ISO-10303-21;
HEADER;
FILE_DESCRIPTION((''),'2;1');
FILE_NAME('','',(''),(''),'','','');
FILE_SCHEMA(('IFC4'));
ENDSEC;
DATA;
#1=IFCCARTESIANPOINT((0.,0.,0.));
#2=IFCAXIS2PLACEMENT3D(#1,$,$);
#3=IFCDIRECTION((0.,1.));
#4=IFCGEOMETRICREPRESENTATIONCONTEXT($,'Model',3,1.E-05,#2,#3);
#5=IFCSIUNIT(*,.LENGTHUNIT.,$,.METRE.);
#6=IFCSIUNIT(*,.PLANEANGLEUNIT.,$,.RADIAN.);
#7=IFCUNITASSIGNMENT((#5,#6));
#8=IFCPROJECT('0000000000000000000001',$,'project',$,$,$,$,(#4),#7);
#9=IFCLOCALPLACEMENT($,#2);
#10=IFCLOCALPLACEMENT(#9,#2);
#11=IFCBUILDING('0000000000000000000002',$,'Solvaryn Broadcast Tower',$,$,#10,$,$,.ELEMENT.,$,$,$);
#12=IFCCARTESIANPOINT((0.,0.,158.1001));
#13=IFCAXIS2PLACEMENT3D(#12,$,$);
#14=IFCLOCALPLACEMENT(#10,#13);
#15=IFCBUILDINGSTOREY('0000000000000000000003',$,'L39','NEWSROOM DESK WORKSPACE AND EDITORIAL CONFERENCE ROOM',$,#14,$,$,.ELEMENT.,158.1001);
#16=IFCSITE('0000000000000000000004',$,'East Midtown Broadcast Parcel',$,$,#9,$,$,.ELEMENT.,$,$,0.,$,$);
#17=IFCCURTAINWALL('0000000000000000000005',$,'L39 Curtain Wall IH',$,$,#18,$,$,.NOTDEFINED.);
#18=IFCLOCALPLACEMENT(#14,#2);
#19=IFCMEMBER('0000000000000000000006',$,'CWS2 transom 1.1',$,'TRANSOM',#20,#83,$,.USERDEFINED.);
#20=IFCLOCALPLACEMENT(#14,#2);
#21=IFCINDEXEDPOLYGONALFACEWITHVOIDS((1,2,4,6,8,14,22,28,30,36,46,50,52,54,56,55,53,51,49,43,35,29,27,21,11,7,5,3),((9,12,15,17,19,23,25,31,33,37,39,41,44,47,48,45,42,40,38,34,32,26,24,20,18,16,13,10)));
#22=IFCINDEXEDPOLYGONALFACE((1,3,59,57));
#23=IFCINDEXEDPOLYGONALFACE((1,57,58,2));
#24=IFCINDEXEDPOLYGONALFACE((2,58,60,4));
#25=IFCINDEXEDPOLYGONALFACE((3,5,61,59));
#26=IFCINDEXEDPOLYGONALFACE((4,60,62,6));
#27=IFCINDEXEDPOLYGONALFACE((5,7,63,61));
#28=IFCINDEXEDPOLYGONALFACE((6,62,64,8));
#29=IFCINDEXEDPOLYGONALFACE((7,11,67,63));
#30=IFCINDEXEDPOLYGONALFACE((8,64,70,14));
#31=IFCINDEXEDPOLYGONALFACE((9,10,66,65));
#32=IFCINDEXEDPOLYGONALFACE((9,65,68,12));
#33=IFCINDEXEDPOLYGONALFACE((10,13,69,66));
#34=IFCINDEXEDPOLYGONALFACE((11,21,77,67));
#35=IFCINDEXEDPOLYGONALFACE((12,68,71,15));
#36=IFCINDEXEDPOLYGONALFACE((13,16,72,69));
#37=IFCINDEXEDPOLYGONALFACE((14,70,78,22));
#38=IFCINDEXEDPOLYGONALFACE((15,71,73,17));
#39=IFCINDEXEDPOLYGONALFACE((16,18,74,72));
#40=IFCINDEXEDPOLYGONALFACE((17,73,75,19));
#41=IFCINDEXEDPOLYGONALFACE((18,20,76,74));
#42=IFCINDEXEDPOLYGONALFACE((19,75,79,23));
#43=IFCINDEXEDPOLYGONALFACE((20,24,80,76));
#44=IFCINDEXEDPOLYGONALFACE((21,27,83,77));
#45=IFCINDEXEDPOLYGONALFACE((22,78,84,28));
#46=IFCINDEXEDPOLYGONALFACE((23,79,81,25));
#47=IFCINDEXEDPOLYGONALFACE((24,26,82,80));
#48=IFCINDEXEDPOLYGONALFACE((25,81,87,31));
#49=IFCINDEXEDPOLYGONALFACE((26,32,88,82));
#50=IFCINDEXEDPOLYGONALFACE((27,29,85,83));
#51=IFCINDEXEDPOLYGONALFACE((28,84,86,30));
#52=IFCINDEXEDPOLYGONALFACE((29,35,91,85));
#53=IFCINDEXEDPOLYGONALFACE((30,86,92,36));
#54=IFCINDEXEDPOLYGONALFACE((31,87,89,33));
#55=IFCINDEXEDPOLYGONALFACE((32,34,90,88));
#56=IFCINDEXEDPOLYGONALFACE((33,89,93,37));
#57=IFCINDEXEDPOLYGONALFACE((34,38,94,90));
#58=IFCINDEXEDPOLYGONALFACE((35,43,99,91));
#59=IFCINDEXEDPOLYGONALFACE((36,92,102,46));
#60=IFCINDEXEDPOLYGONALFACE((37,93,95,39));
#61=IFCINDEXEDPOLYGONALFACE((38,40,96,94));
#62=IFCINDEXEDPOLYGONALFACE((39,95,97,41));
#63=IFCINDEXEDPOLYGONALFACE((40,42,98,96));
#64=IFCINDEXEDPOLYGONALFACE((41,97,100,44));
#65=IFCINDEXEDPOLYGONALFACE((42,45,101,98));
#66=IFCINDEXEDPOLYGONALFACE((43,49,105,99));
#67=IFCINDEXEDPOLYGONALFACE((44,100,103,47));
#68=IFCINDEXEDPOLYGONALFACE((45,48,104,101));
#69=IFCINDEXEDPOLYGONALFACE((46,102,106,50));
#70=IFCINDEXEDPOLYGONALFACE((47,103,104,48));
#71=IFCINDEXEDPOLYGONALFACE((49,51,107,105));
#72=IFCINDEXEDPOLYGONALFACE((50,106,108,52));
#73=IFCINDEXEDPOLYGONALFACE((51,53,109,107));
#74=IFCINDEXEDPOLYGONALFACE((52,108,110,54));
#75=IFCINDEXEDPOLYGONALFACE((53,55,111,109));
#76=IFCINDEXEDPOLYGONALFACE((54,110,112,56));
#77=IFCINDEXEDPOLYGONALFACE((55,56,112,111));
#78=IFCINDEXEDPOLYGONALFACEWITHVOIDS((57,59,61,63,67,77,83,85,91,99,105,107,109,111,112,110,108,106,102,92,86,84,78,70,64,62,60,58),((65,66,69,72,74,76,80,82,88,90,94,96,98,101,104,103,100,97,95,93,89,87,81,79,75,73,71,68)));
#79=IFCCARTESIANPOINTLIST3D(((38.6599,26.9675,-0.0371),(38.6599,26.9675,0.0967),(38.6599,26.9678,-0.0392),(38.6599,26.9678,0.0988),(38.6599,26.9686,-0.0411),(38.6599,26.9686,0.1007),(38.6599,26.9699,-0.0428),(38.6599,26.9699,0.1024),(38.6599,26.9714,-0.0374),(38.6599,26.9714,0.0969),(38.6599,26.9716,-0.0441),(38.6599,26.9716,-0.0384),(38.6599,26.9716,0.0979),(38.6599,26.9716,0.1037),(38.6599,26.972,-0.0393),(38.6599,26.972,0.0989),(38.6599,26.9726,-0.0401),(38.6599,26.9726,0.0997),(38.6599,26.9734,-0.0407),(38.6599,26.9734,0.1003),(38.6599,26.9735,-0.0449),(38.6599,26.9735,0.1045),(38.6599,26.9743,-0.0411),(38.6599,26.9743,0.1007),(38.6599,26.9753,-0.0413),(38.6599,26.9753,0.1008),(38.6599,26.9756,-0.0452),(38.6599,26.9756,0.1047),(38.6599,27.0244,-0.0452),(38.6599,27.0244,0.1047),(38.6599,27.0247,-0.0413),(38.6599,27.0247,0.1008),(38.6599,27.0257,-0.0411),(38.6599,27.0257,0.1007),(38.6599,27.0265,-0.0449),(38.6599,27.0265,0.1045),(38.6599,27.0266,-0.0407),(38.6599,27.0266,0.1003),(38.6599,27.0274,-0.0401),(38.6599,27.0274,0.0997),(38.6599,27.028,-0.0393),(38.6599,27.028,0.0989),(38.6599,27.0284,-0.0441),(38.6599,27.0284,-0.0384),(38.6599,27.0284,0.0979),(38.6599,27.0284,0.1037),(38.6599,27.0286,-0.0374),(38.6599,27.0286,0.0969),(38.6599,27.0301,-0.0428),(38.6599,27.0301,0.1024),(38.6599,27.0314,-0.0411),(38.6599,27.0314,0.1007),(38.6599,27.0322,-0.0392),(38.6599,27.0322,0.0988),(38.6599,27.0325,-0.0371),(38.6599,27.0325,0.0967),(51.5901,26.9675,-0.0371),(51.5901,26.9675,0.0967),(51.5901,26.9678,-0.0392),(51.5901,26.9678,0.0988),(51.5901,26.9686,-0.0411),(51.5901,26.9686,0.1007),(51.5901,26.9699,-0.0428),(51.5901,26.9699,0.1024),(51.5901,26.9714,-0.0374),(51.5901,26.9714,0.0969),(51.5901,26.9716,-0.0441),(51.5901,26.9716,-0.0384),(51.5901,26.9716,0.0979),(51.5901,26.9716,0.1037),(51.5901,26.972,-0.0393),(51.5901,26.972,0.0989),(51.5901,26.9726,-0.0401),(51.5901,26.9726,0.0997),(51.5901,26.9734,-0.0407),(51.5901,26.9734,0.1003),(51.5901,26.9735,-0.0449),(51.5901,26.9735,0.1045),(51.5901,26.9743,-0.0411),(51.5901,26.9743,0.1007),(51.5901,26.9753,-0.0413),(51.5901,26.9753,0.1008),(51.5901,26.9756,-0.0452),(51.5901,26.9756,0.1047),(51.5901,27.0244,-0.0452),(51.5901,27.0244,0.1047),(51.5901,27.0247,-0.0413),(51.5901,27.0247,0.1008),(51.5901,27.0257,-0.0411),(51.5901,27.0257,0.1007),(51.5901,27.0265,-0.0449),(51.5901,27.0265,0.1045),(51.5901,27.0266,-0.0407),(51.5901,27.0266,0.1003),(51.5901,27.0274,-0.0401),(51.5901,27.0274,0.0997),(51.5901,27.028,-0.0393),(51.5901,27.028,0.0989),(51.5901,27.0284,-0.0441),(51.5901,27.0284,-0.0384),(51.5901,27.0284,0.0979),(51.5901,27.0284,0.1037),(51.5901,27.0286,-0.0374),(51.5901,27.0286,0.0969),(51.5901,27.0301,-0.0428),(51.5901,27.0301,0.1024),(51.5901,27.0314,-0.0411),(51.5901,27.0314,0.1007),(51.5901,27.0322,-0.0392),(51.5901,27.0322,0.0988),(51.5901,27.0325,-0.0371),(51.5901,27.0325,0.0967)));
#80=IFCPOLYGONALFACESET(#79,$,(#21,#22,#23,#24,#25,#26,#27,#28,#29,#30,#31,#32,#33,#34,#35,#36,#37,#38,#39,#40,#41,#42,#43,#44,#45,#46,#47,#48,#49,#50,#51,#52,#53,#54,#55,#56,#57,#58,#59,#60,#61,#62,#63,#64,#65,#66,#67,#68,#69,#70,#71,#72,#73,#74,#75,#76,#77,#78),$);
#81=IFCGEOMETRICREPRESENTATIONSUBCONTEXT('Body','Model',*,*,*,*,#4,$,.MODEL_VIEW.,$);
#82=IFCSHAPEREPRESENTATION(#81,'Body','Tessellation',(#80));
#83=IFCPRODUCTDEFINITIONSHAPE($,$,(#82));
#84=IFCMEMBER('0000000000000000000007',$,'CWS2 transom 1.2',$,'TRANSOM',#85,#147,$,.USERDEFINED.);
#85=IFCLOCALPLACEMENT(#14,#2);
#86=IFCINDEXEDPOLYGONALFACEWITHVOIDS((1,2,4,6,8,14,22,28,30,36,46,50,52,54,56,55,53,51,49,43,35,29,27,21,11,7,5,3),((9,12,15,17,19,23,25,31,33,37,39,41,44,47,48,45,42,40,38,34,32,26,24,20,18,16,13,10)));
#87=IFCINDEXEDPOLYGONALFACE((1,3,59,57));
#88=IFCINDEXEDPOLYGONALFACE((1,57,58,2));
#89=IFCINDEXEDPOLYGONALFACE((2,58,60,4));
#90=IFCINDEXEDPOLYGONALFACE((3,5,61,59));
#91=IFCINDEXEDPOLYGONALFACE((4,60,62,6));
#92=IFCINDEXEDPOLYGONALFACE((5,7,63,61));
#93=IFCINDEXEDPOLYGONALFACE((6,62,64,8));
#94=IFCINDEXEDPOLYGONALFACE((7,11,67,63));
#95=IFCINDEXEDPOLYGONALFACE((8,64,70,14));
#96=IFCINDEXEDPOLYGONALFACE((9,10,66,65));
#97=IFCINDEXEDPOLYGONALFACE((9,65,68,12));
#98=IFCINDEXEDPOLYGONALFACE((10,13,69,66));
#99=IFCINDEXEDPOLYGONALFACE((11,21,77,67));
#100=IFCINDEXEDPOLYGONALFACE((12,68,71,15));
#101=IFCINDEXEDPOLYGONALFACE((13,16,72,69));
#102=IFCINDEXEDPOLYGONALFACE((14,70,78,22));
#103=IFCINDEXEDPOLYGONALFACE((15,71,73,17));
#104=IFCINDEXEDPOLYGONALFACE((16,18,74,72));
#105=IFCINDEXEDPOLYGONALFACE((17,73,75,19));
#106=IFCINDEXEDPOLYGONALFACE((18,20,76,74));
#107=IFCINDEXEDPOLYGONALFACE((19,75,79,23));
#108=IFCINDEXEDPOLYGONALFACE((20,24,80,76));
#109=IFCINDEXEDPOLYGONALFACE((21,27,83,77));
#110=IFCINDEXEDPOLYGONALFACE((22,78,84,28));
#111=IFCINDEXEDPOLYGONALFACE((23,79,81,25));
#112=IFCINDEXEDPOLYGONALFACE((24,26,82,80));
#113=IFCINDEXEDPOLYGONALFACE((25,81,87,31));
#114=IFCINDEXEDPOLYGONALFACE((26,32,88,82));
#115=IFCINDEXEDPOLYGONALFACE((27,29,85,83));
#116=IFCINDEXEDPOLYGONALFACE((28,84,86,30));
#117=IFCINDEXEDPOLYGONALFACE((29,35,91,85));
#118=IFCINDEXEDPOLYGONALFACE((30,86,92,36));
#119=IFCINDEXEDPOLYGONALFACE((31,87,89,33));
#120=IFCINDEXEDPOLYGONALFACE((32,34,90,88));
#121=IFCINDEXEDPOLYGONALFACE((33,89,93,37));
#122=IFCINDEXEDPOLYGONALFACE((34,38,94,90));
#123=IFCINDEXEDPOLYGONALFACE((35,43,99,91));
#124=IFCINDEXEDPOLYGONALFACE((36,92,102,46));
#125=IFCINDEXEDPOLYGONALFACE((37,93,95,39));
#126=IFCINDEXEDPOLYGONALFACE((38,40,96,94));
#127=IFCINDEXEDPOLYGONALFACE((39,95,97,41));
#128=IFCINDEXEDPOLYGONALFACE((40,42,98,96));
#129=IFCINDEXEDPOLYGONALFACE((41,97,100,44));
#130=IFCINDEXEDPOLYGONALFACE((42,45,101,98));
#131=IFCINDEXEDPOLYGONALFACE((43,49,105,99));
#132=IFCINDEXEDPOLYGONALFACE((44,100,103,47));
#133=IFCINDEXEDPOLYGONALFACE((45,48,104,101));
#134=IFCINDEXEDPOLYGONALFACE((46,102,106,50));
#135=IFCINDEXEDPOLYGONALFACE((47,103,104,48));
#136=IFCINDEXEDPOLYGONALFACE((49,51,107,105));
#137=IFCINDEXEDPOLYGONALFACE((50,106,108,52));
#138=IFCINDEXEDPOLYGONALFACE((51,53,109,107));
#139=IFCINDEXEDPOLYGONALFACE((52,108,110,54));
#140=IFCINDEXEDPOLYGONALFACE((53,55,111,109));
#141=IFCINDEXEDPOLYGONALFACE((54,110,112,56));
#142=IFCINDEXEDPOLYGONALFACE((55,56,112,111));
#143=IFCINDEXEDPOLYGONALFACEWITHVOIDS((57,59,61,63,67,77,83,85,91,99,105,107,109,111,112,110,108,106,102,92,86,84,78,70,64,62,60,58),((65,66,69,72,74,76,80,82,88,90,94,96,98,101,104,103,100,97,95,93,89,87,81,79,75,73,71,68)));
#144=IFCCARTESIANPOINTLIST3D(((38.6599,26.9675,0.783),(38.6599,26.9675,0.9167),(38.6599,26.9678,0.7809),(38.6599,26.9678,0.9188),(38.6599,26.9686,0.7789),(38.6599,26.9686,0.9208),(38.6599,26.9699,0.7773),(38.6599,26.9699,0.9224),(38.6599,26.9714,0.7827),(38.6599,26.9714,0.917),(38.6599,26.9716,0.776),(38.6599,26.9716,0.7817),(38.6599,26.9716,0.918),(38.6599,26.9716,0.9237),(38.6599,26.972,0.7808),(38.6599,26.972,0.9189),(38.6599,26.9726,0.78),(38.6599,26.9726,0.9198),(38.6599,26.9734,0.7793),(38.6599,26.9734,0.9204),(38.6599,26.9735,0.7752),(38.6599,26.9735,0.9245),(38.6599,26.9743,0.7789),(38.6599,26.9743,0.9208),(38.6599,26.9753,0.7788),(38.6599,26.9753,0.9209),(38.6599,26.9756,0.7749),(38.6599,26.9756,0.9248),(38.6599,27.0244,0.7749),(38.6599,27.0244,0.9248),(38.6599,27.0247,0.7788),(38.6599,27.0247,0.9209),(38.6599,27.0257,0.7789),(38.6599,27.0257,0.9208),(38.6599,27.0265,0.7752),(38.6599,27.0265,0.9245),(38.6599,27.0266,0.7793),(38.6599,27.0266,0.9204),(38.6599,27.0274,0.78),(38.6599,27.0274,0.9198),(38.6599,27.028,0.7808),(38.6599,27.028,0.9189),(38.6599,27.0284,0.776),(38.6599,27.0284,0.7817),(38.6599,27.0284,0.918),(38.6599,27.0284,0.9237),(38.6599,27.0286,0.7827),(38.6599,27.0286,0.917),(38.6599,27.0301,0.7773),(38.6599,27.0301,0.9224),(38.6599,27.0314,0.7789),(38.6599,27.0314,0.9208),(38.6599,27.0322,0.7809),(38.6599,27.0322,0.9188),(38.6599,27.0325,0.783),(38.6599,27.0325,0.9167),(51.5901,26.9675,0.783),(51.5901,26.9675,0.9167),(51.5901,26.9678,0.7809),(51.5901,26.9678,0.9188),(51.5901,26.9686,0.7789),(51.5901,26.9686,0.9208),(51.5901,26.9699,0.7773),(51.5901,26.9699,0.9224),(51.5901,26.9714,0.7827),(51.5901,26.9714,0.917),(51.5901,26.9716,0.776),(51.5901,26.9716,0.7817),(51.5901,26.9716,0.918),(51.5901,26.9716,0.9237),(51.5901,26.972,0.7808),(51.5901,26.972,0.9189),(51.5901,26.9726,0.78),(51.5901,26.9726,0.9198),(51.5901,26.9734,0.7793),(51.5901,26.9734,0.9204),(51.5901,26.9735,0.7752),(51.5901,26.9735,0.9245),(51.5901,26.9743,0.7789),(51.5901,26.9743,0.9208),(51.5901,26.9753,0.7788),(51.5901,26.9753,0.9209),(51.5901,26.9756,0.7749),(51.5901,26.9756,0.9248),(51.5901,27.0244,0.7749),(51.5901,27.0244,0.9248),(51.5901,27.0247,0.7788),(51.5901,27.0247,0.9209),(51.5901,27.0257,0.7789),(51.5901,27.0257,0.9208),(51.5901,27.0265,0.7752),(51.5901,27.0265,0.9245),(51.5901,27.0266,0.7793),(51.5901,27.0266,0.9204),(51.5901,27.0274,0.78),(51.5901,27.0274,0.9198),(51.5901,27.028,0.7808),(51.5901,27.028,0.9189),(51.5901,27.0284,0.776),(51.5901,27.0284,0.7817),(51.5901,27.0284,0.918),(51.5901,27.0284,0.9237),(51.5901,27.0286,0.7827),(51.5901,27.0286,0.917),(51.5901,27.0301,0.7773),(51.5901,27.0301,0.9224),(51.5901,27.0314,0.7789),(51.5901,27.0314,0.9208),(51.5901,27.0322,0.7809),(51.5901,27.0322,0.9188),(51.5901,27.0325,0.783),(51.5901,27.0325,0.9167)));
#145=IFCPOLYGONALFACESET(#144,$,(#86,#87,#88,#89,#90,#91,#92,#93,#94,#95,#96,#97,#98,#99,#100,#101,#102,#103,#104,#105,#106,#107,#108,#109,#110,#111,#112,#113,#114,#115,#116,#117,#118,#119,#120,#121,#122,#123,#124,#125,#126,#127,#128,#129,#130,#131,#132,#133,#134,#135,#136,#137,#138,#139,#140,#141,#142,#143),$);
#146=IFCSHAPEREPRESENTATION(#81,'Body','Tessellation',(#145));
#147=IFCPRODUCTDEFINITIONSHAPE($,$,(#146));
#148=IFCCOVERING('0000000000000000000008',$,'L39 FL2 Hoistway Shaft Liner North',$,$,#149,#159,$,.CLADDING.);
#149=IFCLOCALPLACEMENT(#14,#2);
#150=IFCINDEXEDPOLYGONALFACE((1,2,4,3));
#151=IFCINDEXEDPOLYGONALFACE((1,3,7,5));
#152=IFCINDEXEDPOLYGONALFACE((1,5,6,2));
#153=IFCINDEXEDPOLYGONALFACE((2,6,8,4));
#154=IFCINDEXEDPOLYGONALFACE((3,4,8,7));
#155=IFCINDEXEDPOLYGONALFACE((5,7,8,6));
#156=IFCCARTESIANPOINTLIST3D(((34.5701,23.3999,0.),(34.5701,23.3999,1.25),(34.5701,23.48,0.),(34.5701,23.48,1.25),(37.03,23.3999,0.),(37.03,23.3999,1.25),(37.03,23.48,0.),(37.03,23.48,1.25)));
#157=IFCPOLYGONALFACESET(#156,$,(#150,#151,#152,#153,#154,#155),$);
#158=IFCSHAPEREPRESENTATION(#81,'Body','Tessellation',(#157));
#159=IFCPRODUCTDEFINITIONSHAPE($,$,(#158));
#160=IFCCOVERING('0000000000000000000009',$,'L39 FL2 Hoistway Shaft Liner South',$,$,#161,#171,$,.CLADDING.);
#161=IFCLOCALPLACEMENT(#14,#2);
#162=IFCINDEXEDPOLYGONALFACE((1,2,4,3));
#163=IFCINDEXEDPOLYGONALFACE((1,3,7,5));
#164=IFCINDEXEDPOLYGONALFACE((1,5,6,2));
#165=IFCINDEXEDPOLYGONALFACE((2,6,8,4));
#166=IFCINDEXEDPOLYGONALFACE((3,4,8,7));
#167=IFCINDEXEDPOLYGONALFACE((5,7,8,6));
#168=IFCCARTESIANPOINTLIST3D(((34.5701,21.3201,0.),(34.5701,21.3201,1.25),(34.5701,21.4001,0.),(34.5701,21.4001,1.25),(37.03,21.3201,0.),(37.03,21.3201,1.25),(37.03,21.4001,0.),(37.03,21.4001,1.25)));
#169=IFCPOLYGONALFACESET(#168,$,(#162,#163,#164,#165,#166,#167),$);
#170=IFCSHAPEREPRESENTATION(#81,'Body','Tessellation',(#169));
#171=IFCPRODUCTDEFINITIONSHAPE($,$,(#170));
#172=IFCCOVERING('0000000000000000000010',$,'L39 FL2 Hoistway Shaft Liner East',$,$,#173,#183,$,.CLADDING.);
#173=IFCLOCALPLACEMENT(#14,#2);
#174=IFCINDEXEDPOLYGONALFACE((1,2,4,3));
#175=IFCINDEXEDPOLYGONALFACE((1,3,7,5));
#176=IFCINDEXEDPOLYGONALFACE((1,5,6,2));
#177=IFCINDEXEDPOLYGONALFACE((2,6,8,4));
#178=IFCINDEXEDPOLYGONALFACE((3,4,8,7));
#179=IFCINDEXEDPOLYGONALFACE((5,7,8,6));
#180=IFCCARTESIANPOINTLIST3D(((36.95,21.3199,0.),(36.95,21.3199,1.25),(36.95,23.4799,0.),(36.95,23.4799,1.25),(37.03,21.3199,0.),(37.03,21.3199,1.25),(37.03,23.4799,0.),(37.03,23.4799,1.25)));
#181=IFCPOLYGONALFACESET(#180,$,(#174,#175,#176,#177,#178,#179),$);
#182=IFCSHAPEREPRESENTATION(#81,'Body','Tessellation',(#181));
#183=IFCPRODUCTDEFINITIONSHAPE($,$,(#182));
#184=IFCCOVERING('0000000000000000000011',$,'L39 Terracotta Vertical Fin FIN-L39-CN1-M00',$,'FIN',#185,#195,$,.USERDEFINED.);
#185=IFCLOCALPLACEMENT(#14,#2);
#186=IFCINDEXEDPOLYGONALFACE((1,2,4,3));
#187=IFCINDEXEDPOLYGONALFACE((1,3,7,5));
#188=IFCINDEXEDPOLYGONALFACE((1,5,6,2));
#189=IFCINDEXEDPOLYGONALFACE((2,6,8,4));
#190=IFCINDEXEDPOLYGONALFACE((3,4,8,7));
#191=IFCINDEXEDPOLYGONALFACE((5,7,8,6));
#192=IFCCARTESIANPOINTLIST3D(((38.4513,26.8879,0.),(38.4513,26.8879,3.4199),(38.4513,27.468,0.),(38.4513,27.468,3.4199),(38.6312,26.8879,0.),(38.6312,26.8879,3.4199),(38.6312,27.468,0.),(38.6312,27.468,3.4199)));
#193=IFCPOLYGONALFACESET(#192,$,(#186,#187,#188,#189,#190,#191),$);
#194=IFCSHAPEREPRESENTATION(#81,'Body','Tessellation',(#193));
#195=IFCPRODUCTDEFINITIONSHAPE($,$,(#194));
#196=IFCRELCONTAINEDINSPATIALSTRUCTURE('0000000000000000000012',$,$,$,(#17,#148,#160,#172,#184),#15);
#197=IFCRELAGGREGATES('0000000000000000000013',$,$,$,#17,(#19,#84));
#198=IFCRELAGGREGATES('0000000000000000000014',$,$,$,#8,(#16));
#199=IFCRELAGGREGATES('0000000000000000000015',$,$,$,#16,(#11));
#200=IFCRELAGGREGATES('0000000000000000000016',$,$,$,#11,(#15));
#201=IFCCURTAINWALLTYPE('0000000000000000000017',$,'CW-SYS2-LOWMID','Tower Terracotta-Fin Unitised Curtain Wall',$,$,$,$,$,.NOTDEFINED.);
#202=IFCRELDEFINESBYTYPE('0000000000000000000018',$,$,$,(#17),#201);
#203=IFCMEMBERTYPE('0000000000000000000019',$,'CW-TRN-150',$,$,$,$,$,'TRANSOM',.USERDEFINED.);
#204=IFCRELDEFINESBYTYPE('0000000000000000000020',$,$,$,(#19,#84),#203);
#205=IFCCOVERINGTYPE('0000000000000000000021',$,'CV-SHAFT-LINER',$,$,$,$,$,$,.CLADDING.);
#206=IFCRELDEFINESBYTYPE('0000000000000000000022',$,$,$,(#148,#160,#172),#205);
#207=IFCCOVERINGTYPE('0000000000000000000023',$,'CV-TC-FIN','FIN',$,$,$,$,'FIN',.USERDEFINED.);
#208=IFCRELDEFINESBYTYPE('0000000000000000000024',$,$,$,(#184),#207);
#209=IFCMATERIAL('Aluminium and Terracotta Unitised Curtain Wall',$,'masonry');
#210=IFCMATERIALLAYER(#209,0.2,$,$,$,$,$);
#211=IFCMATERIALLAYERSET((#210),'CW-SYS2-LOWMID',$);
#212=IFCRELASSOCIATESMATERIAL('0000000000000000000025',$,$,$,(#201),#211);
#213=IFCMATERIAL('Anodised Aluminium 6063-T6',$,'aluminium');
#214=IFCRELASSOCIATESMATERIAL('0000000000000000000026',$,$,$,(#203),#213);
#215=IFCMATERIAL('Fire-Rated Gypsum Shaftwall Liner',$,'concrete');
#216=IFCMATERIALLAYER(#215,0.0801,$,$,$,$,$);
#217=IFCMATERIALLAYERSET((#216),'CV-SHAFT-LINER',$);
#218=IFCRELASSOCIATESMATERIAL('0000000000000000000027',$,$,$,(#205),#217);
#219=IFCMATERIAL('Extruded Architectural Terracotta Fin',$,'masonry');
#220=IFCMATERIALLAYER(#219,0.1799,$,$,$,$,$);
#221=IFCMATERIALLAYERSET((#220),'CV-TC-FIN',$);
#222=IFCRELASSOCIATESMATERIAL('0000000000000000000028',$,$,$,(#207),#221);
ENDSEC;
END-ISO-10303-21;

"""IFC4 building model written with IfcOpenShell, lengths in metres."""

from ifc_helpers import new_model, si_unit, direction, frame, origin, origin_2d, place, context, subcontext, project, spatial, rectangle, hollow_rectangle, extrude, material, layer, layer_set, material_profile, profile_set, type_object, element, aggregate, save


model = new_model("IFC4")

# Units and contexts
model_context = context("Model", 3, precision=1e-05, world=origin(), true_north=direction((0.0, 1.0)))
body_context = subcontext(model_context, "Body", "Model", "MODEL_VIEW")
ifc_project = project(units=[si_unit("LENGTHUNIT", "METRE"), si_unit("PLANEANGLEUNIT", "RADIAN")], contexts=[model_context])

# Site, building, storey
site_placement = place(None, origin())
site = spatial("IfcSite", under=ifc_project, at=site_placement, Name="East Midtown Broadcast Parcel", CompositionType="ELEMENT", RefElevation=0.0)
building_placement = place(site_placement, origin())
building = spatial("IfcBuilding", under=site, at=building_placement, Name="Solvaryn Broadcast Tower", CompositionType="ELEMENT")
storey_placement = place(building_placement, frame((0.0, 0.0, 158.1001)))
storey = spatial("IfcBuildingStorey", under=building, at=storey_placement, Name="L39", Description="NEWSROOM DESK WORKSPACE AND EDITORIAL CONFERENCE ROOM", CompositionType="ELEMENT", Elevation=158.1001)

# Curtain wall
ifc_material_1 = material(Name="Aluminium and Terracotta Unitised Curtain Wall", Category="masonry")
ifc_layer_1 = layer(ifc_material_1, 0.2)
ifc_layer_set_1 = layer_set([ifc_layer_1], Name="CW-SYS2-LOWMID")
curtain_wall_type = type_object("IfcCurtainWallType", Name="CW-SYS2-LOWMID", Description="Tower Terracotta-Fin Unitised Curtain Wall", PredefinedType="NOTDEFINED", material=ifc_layer_set_1)
curtain_wall_1_placement = place(storey_placement, origin())
curtain_wall_1 = element("IfcCurtainWall", 1, at=curtain_wall_1_placement, inside=storey, type_object=curtain_wall_type, Name="L39 Curtain Wall IH", PredefinedType="NOTDEFINED")

# Members
ifc_material_2 = material(Name="Anodised Aluminium 6063-T6", Category="aluminium")
ifc_material_profile_1 = material_profile(ifc_material_2, hollow_rectangle(XDim=0.0649, YDim=0.1499, WallThickness=0.0039, InnerFilletRadius=0.0039, OuterFilletRadius=0.0081, at=origin_2d()))
ifc_profile_set_1 = profile_set([ifc_material_profile_1], Name="Anodised Aluminium 6063-T6")
member_type_1 = type_object("IfcMemberType", Name="CW-TRN-150", ElementType="TRANSOM", PredefinedType="USERDEFINED", material=ifc_profile_set_1)
member_1_placement = place(storey_placement, frame((38.6599, 27.0, 0.0298), z_axis=(1.0, 0.0, 0.0), x_axis=(0.0, 1.0, 0.0)))
member_1 = element("IfcMember", 2, at=member_1_placement, type_object=member_type_1, Name="CWS2 transom 1.1", ObjectType="TRANSOM", PredefinedType="USERDEFINED", context=body_context, shape_type="SweptSolid", body=[
    extrude(hollow_rectangle(XDim=0.0649, YDim=0.1499, WallThickness=0.0039, InnerFilletRadius=0.0039, OuterFilletRadius=0.0081, at=origin_2d()), origin(), (0.0, 0.0, 1.0), 12.9302),
])
member_2_placement = place(storey_placement, frame((38.6599, 27.0, 0.8499), z_axis=(1.0, 0.0, 0.0), x_axis=(0.0, 1.0, 0.0)))
member_2 = element("IfcMember", 3, at=member_2_placement, type_object=member_type_1, Name="CWS2 transom 1.2", ObjectType="TRANSOM", PredefinedType="USERDEFINED", context=body_context, shape_type="SweptSolid", body=[
    extrude(hollow_rectangle(XDim=0.0649, YDim=0.1499, WallThickness=0.0039, InnerFilletRadius=0.0039, OuterFilletRadius=0.0081, at=origin_2d()), origin(), (0.0, 0.0, 1.0), 12.9302),
])
aggregate(curtain_wall_1, [member_1, member_2])

# Coverings
ifc_material_3 = material(Name="Fire-Rated Gypsum Shaftwall Liner", Category="concrete")
ifc_layer_2 = layer(ifc_material_3, 0.0801)
ifc_layer_set_2 = layer_set([ifc_layer_2], Name="CV-SHAFT-LINER")
covering_type_1 = type_object("IfcCoveringType", Name="CV-SHAFT-LINER", PredefinedType="CLADDING", material=ifc_layer_set_2)
for number, where, z_axis, x_axis, name in (
    (4, (35.8, 23.4399, 0.0), (0.0, 0.0, 1.0), (1.0, 0.0, 0.0), "L39 FL2 Hoistway Shaft Liner North"),
    (5, (35.8, 21.3601, 0.0), (0.0, 0.0, 1.0), (1.0, 0.0, 0.0), "L39 FL2 Hoistway Shaft Liner South"),
):
    element("IfcCovering", number, at=place(storey_placement, frame(where, z_axis=z_axis, x_axis=x_axis)), inside=storey, type_object=covering_type_1, Name=name, PredefinedType="CLADDING", context=body_context, shape_type="SweptSolid", body=[
        extrude(rectangle(XDim=2.46, YDim=0.0801, at=origin_2d()), origin(), (0.0, 0.0, 1.0), 1.25),
    ])
covering_placement = place(storey_placement, frame((36.99, 22.3999, 0.0), z_axis=(0.0, 0.0, 1.0), x_axis=(1.0, 0.0, 0.0)))
element("IfcCovering", 6, at=covering_placement, inside=storey, type_object=covering_type_1, Name="L39 FL2 Hoistway Shaft Liner East", PredefinedType="CLADDING", context=body_context, shape_type="SweptSolid", body=[
    extrude(rectangle(XDim=0.0801, YDim=2.1599, at=origin_2d()), origin(), (0.0, 0.0, 1.0), 1.25),
])
ifc_material_4 = material(Name="Extruded Architectural Terracotta Fin", Category="masonry")
ifc_layer_3 = layer(ifc_material_4, 0.1799)
ifc_layer_set_3 = layer_set([ifc_layer_3], Name="CV-TC-FIN")
covering_type_2 = type_object("IfcCoveringType", Name="CV-TC-FIN", Description="FIN", ElementType="FIN", PredefinedType="USERDEFINED", material=ifc_layer_set_3)
for number, where, z_axis, x_axis, name in (
    (7, (38.5413, 27.178, 0.0), (0.0, 0.0, 1.0), (1.0, 0.0, 0.0), "L39 Terracotta Vertical Fin FIN-L39-CN1-M00"),
):
    element("IfcCovering", number, at=place(storey_placement, frame(where, z_axis=z_axis, x_axis=x_axis)), inside=storey, type_object=covering_type_2, Name=name, ObjectType="FIN", PredefinedType="USERDEFINED", context=body_context, shape_type="SweptSolid", body=[
        extrude(rectangle(XDim=0.1799, YDim=0.5801, at=origin_2d()), origin(), (0.0, 0.0, 1.0), 3.4199),
    ])

save(model, "model.ifc")
